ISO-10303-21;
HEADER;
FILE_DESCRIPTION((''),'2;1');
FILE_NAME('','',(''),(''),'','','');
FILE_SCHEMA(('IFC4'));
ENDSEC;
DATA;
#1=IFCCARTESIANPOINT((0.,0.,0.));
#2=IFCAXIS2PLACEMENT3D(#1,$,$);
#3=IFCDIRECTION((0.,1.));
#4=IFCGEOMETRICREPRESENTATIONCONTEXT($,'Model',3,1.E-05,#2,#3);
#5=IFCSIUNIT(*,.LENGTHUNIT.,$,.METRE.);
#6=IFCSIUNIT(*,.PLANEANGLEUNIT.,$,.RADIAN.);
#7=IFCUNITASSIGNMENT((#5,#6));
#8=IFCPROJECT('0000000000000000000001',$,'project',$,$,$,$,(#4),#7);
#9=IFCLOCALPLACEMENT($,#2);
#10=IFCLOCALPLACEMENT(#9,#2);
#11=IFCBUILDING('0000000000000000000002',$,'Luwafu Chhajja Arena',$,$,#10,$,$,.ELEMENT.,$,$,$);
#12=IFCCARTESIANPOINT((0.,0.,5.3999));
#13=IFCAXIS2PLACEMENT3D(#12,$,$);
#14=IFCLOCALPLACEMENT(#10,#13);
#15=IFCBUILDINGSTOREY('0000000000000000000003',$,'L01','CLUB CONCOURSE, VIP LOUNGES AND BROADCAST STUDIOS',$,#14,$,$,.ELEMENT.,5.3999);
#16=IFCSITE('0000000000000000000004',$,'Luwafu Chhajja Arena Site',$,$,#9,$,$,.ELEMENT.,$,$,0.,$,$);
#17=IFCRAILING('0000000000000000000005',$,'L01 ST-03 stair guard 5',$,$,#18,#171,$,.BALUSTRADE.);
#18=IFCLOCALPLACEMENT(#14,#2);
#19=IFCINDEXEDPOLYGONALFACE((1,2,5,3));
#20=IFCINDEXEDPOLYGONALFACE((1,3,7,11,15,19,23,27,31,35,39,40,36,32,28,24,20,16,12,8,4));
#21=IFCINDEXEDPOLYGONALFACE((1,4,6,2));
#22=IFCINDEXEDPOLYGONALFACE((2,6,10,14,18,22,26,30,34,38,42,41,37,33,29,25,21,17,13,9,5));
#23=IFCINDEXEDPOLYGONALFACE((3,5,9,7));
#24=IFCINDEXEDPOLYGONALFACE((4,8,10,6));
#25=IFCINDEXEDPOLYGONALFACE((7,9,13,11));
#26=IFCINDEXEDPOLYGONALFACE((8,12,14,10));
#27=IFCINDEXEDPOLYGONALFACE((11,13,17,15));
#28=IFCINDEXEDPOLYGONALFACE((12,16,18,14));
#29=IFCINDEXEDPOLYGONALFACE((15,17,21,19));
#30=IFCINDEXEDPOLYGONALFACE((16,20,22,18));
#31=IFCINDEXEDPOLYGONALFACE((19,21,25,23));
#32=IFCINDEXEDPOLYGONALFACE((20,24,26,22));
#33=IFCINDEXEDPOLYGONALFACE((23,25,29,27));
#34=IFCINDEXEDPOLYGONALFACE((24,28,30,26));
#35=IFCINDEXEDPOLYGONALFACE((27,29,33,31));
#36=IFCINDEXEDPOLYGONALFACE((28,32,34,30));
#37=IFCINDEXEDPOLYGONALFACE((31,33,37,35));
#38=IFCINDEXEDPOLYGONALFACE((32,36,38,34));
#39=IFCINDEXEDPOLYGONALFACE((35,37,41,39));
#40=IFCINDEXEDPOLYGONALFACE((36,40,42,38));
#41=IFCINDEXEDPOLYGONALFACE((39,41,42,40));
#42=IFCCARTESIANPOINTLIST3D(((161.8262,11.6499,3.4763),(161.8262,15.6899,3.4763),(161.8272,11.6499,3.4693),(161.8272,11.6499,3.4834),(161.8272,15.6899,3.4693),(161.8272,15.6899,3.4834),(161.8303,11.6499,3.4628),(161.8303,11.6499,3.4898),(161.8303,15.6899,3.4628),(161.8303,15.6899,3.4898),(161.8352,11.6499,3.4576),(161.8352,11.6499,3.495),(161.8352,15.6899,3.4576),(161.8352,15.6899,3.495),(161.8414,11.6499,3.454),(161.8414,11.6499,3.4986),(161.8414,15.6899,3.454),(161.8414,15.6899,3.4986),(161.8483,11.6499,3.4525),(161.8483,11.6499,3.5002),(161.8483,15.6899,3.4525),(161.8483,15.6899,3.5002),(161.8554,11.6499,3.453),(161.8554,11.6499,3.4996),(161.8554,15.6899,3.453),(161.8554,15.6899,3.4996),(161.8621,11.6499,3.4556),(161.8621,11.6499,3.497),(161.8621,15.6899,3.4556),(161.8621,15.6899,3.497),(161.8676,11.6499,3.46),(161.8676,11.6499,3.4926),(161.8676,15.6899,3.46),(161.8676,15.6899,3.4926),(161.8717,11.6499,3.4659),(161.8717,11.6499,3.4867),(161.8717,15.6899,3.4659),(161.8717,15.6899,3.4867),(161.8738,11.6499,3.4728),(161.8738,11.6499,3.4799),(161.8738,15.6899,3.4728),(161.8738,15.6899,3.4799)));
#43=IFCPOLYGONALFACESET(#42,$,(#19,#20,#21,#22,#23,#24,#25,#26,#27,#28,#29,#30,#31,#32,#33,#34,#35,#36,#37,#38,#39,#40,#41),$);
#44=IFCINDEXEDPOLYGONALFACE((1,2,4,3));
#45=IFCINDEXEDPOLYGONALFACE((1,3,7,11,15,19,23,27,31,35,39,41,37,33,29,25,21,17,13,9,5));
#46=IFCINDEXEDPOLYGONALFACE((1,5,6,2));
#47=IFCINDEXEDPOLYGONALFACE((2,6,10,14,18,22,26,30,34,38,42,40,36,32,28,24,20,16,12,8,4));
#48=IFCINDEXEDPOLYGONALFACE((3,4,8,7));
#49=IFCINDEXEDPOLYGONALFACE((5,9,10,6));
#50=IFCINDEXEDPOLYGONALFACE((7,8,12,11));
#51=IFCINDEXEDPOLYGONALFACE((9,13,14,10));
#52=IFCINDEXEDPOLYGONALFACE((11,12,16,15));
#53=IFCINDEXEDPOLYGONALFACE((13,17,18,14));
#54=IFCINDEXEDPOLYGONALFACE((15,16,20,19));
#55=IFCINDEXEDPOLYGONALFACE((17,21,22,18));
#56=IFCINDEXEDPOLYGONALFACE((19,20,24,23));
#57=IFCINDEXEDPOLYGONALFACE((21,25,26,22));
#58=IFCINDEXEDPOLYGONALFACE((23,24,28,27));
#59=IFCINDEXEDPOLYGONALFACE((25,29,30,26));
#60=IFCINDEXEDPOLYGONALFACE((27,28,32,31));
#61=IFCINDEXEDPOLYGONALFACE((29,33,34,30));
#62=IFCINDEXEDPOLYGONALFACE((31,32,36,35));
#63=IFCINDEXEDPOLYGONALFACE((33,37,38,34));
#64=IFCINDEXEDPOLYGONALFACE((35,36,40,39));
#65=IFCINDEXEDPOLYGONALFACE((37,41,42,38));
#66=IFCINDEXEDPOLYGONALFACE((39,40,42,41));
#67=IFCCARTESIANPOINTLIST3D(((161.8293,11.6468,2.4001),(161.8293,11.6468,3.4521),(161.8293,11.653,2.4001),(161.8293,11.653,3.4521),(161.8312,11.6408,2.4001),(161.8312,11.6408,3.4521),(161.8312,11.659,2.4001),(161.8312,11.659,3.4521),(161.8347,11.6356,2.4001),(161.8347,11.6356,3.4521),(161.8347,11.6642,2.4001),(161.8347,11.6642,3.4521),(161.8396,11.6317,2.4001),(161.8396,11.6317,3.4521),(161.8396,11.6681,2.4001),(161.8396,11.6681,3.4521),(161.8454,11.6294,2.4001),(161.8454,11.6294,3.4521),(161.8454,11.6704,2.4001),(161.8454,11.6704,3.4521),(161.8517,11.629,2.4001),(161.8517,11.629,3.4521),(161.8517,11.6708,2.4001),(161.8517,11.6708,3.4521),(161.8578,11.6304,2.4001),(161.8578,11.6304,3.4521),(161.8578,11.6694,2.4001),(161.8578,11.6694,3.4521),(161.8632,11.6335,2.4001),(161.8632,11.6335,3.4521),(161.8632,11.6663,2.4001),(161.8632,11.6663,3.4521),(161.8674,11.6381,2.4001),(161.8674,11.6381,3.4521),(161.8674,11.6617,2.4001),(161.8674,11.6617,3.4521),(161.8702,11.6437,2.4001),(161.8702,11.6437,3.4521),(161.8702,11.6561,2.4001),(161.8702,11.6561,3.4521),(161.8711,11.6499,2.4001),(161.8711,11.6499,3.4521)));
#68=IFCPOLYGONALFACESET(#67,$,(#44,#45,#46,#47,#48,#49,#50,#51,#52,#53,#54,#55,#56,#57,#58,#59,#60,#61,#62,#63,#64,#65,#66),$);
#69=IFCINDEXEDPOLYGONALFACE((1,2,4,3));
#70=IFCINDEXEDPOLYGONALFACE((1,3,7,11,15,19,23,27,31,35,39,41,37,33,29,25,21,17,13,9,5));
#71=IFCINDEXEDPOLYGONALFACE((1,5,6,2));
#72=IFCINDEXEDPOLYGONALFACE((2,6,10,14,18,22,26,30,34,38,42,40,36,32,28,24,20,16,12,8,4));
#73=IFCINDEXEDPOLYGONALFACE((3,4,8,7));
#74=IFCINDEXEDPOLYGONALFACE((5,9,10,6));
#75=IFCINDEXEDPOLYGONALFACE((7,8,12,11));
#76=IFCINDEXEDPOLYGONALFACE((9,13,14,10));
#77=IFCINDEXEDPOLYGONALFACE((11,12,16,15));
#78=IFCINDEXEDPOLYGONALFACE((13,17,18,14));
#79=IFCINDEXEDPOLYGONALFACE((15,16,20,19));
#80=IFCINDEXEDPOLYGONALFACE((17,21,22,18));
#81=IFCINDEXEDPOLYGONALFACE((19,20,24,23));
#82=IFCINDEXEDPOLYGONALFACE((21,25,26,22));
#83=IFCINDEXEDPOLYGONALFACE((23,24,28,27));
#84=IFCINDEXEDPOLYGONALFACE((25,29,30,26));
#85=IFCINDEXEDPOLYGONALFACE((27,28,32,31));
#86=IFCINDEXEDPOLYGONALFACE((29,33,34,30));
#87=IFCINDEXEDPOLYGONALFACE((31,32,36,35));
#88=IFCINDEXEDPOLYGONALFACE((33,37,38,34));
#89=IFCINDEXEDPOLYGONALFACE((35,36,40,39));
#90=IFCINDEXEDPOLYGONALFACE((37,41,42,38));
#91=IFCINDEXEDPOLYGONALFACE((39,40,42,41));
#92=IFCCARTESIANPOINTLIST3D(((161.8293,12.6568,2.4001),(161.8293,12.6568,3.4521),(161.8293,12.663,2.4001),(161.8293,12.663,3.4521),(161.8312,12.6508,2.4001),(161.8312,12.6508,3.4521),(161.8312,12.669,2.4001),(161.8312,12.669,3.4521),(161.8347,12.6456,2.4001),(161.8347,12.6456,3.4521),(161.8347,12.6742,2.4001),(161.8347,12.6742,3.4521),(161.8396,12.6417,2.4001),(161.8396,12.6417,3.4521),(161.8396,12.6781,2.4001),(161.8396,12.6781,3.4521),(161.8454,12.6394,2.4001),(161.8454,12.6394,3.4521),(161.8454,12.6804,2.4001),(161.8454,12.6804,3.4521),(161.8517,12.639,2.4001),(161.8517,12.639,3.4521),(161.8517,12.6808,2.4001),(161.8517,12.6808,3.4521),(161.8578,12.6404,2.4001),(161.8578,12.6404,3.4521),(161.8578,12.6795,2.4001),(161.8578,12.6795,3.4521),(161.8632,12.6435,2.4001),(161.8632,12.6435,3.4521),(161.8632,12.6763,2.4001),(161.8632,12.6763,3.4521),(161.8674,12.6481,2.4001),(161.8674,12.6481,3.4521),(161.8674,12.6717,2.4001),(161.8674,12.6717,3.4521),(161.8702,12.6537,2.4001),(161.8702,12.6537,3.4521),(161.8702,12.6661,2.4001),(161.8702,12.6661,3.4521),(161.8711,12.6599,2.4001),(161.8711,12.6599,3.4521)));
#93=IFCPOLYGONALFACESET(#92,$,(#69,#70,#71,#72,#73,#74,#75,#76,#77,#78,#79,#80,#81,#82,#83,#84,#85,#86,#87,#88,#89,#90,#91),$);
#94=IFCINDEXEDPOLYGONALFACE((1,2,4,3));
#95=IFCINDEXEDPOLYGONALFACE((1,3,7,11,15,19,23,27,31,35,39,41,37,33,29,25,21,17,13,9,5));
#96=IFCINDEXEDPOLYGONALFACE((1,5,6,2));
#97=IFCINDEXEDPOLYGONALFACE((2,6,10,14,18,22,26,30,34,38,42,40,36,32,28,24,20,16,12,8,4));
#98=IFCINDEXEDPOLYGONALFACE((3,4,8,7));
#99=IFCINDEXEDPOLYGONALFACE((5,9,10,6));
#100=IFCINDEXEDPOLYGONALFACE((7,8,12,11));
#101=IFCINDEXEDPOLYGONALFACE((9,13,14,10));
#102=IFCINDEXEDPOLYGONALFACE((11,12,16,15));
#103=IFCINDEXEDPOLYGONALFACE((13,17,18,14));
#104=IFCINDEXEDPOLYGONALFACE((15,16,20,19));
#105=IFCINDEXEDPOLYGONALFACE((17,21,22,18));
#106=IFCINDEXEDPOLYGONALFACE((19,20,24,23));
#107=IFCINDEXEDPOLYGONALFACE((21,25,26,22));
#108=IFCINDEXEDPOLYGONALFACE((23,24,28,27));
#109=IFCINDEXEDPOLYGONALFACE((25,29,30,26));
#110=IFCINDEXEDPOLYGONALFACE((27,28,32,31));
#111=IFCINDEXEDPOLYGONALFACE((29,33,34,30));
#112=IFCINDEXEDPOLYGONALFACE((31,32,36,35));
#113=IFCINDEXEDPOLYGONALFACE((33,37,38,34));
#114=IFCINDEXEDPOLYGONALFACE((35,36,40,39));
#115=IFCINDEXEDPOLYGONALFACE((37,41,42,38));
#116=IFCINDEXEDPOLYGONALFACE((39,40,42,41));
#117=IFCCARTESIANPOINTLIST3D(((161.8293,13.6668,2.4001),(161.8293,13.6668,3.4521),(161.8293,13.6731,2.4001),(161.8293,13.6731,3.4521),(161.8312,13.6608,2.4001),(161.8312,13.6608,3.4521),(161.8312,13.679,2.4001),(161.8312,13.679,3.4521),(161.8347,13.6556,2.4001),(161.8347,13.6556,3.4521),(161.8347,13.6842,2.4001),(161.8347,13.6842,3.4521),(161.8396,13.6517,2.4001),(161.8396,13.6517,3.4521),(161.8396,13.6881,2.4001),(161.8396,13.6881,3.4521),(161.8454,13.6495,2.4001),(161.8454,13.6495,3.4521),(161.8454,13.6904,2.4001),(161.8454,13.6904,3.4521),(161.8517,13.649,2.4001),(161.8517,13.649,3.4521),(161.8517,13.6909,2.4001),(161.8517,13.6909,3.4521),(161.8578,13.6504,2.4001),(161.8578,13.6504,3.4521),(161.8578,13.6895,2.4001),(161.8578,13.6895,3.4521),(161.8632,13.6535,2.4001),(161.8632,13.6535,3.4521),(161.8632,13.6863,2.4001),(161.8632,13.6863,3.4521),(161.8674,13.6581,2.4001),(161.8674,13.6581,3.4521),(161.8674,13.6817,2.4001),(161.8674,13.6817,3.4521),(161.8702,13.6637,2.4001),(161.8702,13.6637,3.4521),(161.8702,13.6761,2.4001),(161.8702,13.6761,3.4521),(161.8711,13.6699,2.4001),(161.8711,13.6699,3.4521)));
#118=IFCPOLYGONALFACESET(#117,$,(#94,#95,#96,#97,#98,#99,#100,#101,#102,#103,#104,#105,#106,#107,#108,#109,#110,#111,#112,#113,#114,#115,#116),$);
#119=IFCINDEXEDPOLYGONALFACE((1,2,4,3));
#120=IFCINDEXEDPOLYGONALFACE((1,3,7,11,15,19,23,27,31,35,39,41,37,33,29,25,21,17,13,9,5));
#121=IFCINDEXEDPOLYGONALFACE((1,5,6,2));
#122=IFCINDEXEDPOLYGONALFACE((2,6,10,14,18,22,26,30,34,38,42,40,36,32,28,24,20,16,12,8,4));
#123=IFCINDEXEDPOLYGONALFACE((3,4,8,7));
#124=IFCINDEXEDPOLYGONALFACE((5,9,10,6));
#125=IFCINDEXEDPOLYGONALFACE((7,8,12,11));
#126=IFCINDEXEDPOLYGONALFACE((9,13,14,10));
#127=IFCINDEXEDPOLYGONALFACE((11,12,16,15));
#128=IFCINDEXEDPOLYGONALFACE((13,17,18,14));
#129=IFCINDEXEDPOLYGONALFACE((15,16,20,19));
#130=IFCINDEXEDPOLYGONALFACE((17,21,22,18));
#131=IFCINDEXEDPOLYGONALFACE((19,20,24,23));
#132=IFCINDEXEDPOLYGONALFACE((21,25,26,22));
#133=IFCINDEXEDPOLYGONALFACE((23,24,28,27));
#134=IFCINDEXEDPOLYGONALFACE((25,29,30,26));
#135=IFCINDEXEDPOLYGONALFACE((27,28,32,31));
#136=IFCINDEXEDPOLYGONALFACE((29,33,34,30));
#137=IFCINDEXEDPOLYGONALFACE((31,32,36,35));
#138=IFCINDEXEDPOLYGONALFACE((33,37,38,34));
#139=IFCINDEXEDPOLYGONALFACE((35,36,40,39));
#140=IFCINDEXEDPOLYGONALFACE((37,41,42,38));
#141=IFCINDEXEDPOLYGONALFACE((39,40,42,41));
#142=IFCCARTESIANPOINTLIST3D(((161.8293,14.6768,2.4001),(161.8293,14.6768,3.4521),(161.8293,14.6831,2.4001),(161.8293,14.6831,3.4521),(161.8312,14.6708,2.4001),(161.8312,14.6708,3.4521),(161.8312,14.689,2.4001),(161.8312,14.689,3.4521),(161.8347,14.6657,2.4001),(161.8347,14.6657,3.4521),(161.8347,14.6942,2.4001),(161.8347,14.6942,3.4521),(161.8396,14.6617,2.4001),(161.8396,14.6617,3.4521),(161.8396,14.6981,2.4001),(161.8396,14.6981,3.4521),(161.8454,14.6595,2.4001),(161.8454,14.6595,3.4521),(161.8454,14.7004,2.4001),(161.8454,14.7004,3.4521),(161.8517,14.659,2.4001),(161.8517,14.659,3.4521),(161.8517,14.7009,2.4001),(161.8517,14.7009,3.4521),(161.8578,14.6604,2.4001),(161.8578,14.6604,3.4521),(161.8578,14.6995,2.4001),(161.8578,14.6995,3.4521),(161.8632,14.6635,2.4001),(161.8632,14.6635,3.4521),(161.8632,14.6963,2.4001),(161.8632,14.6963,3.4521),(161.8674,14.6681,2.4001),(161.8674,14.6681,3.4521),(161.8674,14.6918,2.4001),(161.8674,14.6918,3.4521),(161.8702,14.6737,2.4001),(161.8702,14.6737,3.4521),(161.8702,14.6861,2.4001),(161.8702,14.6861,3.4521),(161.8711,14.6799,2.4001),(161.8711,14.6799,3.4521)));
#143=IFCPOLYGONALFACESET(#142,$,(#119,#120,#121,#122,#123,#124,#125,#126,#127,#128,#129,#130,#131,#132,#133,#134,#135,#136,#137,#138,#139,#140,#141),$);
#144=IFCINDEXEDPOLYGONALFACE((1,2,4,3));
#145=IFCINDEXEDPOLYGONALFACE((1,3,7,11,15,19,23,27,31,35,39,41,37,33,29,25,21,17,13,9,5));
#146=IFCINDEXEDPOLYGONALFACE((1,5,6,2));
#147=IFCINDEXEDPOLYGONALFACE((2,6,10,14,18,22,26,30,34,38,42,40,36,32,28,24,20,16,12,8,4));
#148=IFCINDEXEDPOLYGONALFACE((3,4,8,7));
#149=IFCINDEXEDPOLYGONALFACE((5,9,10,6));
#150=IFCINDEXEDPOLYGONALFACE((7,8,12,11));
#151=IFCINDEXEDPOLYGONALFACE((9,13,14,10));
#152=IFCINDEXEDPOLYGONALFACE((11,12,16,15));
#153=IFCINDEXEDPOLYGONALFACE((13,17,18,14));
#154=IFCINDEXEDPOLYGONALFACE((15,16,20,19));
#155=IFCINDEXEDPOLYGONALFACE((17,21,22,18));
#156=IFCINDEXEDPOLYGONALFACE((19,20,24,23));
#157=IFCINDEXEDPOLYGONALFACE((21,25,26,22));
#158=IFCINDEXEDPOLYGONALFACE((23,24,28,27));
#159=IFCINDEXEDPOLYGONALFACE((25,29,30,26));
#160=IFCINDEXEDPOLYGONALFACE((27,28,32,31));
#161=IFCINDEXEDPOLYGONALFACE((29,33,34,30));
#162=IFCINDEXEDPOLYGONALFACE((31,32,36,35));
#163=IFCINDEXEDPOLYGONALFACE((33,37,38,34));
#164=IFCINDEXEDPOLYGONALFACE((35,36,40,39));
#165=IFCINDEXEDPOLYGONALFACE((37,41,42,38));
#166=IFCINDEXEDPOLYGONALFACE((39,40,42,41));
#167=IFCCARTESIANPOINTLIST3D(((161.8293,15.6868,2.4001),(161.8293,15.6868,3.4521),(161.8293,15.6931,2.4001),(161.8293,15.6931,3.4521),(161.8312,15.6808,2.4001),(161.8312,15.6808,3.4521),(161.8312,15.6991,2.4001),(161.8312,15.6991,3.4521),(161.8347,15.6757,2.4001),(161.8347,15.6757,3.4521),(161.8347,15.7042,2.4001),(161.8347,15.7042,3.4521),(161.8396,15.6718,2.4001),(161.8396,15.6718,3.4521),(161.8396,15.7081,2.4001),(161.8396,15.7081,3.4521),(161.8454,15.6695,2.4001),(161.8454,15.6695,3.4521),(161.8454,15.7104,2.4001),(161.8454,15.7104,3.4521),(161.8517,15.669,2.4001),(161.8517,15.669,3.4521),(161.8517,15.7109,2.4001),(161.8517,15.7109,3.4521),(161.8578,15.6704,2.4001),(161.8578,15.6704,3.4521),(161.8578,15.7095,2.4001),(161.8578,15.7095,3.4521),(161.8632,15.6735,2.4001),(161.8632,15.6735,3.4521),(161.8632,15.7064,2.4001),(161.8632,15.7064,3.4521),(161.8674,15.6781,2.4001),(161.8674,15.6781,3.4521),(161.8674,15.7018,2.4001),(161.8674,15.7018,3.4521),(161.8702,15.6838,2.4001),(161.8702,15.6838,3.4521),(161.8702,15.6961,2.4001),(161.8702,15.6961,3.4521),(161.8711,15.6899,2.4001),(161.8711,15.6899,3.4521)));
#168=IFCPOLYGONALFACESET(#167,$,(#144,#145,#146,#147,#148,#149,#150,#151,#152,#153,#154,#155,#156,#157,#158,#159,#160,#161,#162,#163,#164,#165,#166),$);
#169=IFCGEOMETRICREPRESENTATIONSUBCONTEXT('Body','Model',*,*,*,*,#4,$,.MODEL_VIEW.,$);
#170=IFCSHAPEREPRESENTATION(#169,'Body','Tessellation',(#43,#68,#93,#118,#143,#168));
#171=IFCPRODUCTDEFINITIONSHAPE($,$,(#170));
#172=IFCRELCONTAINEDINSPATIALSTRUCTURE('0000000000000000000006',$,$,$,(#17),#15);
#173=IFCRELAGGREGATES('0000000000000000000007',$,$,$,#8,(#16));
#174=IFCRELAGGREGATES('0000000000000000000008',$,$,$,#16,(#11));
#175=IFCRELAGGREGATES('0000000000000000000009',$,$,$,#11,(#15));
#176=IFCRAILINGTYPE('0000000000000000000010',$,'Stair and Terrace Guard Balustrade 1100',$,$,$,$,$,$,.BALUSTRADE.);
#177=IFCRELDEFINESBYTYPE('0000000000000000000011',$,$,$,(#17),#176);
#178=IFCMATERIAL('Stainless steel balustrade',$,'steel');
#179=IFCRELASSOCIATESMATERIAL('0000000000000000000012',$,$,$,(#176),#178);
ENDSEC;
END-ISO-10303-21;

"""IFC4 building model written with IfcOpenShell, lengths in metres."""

from ifc_helpers import new_model, si_unit, direction, frame, origin, origin_2d, place, context, subcontext, project, spatial, circle, extrude, material, type_object, element, save


model = new_model("IFC4")

# Units and contexts
model_context = context("Model", 3, precision=1e-05, world=origin(), true_north=direction((0.0, 1.0)))
body_context = subcontext(model_context, "Body", "Model", "MODEL_VIEW")
ifc_project = project(units=[si_unit("LENGTHUNIT", "METRE"), si_unit("PLANEANGLEUNIT", "RADIAN")], contexts=[model_context])

# Site, building, storey
site_placement = place(None, origin())
site = spatial("IfcSite", under=ifc_project, at=site_placement, Name="Luwafu Chhajja Arena Site", CompositionType="ELEMENT", RefElevation=0.0)
building_placement = place(site_placement, origin())
building = spatial("IfcBuilding", under=site, at=building_placement, Name="Luwafu Chhajja Arena", CompositionType="ELEMENT")
storey_placement = place(building_placement, frame((0.0, 0.0, 5.3999)))
storey = spatial("IfcBuildingStorey", under=building, at=storey_placement, Name="L01", Description="CLUB CONCOURSE, VIP LOUNGES AND BROADCAST STUDIOS", CompositionType="ELEMENT", Elevation=5.3999)

# Railing
ifc_material_1 = material(Name="Stainless steel balustrade", Category="steel")
railing_type_1 = type_object("IfcRailingType", Name="Stair and Terrace Guard Balustrade 1100", PredefinedType="BALUSTRADE", material=ifc_material_1)
railing_1_placement = place(storey_placement, frame((161.8501, 11.6499, 2.4001)))
element("IfcRailing", 1, at=railing_1_placement, inside=storey, type_object=railing_type_1, Name="L01 ST-03 stair guard 5", PredefinedType="BALUSTRADE", context=body_context, shape_type="SweptSolid", body=[
    extrude(circle(Radius=0.0239, at=origin_2d()), frame((0.0, 0.0, 1.0762), z_axis=(0.0, 1.0, 0.0), x_axis=(-1.0, 0.0, 0.0)), (0.0, 0.0, 1.0), 4.04),
    extrude(circle(Radius=0.021, at=origin_2d()), origin(), (0.0, 0.0, 1.0), 1.052),
    extrude(circle(Radius=0.021, at=origin_2d()), frame((0.0, 1.01, 0.0)), (0.0, 0.0, 1.0), 1.052),
    extrude(circle(Radius=0.021, at=origin_2d()), frame((0.0, 2.02, 0.0)), (0.0, 0.0, 1.0), 1.052),
    extrude(circle(Radius=0.021, at=origin_2d()), frame((0.0, 3.03, 0.0)), (0.0, 0.0, 1.0), 1.052),
    extrude(circle(Radius=0.021, at=origin_2d()), frame((0.0, 4.04, 0.0)), (0.0, 0.0, 1.0), 1.052),
])

save(model, "model.ifc")
